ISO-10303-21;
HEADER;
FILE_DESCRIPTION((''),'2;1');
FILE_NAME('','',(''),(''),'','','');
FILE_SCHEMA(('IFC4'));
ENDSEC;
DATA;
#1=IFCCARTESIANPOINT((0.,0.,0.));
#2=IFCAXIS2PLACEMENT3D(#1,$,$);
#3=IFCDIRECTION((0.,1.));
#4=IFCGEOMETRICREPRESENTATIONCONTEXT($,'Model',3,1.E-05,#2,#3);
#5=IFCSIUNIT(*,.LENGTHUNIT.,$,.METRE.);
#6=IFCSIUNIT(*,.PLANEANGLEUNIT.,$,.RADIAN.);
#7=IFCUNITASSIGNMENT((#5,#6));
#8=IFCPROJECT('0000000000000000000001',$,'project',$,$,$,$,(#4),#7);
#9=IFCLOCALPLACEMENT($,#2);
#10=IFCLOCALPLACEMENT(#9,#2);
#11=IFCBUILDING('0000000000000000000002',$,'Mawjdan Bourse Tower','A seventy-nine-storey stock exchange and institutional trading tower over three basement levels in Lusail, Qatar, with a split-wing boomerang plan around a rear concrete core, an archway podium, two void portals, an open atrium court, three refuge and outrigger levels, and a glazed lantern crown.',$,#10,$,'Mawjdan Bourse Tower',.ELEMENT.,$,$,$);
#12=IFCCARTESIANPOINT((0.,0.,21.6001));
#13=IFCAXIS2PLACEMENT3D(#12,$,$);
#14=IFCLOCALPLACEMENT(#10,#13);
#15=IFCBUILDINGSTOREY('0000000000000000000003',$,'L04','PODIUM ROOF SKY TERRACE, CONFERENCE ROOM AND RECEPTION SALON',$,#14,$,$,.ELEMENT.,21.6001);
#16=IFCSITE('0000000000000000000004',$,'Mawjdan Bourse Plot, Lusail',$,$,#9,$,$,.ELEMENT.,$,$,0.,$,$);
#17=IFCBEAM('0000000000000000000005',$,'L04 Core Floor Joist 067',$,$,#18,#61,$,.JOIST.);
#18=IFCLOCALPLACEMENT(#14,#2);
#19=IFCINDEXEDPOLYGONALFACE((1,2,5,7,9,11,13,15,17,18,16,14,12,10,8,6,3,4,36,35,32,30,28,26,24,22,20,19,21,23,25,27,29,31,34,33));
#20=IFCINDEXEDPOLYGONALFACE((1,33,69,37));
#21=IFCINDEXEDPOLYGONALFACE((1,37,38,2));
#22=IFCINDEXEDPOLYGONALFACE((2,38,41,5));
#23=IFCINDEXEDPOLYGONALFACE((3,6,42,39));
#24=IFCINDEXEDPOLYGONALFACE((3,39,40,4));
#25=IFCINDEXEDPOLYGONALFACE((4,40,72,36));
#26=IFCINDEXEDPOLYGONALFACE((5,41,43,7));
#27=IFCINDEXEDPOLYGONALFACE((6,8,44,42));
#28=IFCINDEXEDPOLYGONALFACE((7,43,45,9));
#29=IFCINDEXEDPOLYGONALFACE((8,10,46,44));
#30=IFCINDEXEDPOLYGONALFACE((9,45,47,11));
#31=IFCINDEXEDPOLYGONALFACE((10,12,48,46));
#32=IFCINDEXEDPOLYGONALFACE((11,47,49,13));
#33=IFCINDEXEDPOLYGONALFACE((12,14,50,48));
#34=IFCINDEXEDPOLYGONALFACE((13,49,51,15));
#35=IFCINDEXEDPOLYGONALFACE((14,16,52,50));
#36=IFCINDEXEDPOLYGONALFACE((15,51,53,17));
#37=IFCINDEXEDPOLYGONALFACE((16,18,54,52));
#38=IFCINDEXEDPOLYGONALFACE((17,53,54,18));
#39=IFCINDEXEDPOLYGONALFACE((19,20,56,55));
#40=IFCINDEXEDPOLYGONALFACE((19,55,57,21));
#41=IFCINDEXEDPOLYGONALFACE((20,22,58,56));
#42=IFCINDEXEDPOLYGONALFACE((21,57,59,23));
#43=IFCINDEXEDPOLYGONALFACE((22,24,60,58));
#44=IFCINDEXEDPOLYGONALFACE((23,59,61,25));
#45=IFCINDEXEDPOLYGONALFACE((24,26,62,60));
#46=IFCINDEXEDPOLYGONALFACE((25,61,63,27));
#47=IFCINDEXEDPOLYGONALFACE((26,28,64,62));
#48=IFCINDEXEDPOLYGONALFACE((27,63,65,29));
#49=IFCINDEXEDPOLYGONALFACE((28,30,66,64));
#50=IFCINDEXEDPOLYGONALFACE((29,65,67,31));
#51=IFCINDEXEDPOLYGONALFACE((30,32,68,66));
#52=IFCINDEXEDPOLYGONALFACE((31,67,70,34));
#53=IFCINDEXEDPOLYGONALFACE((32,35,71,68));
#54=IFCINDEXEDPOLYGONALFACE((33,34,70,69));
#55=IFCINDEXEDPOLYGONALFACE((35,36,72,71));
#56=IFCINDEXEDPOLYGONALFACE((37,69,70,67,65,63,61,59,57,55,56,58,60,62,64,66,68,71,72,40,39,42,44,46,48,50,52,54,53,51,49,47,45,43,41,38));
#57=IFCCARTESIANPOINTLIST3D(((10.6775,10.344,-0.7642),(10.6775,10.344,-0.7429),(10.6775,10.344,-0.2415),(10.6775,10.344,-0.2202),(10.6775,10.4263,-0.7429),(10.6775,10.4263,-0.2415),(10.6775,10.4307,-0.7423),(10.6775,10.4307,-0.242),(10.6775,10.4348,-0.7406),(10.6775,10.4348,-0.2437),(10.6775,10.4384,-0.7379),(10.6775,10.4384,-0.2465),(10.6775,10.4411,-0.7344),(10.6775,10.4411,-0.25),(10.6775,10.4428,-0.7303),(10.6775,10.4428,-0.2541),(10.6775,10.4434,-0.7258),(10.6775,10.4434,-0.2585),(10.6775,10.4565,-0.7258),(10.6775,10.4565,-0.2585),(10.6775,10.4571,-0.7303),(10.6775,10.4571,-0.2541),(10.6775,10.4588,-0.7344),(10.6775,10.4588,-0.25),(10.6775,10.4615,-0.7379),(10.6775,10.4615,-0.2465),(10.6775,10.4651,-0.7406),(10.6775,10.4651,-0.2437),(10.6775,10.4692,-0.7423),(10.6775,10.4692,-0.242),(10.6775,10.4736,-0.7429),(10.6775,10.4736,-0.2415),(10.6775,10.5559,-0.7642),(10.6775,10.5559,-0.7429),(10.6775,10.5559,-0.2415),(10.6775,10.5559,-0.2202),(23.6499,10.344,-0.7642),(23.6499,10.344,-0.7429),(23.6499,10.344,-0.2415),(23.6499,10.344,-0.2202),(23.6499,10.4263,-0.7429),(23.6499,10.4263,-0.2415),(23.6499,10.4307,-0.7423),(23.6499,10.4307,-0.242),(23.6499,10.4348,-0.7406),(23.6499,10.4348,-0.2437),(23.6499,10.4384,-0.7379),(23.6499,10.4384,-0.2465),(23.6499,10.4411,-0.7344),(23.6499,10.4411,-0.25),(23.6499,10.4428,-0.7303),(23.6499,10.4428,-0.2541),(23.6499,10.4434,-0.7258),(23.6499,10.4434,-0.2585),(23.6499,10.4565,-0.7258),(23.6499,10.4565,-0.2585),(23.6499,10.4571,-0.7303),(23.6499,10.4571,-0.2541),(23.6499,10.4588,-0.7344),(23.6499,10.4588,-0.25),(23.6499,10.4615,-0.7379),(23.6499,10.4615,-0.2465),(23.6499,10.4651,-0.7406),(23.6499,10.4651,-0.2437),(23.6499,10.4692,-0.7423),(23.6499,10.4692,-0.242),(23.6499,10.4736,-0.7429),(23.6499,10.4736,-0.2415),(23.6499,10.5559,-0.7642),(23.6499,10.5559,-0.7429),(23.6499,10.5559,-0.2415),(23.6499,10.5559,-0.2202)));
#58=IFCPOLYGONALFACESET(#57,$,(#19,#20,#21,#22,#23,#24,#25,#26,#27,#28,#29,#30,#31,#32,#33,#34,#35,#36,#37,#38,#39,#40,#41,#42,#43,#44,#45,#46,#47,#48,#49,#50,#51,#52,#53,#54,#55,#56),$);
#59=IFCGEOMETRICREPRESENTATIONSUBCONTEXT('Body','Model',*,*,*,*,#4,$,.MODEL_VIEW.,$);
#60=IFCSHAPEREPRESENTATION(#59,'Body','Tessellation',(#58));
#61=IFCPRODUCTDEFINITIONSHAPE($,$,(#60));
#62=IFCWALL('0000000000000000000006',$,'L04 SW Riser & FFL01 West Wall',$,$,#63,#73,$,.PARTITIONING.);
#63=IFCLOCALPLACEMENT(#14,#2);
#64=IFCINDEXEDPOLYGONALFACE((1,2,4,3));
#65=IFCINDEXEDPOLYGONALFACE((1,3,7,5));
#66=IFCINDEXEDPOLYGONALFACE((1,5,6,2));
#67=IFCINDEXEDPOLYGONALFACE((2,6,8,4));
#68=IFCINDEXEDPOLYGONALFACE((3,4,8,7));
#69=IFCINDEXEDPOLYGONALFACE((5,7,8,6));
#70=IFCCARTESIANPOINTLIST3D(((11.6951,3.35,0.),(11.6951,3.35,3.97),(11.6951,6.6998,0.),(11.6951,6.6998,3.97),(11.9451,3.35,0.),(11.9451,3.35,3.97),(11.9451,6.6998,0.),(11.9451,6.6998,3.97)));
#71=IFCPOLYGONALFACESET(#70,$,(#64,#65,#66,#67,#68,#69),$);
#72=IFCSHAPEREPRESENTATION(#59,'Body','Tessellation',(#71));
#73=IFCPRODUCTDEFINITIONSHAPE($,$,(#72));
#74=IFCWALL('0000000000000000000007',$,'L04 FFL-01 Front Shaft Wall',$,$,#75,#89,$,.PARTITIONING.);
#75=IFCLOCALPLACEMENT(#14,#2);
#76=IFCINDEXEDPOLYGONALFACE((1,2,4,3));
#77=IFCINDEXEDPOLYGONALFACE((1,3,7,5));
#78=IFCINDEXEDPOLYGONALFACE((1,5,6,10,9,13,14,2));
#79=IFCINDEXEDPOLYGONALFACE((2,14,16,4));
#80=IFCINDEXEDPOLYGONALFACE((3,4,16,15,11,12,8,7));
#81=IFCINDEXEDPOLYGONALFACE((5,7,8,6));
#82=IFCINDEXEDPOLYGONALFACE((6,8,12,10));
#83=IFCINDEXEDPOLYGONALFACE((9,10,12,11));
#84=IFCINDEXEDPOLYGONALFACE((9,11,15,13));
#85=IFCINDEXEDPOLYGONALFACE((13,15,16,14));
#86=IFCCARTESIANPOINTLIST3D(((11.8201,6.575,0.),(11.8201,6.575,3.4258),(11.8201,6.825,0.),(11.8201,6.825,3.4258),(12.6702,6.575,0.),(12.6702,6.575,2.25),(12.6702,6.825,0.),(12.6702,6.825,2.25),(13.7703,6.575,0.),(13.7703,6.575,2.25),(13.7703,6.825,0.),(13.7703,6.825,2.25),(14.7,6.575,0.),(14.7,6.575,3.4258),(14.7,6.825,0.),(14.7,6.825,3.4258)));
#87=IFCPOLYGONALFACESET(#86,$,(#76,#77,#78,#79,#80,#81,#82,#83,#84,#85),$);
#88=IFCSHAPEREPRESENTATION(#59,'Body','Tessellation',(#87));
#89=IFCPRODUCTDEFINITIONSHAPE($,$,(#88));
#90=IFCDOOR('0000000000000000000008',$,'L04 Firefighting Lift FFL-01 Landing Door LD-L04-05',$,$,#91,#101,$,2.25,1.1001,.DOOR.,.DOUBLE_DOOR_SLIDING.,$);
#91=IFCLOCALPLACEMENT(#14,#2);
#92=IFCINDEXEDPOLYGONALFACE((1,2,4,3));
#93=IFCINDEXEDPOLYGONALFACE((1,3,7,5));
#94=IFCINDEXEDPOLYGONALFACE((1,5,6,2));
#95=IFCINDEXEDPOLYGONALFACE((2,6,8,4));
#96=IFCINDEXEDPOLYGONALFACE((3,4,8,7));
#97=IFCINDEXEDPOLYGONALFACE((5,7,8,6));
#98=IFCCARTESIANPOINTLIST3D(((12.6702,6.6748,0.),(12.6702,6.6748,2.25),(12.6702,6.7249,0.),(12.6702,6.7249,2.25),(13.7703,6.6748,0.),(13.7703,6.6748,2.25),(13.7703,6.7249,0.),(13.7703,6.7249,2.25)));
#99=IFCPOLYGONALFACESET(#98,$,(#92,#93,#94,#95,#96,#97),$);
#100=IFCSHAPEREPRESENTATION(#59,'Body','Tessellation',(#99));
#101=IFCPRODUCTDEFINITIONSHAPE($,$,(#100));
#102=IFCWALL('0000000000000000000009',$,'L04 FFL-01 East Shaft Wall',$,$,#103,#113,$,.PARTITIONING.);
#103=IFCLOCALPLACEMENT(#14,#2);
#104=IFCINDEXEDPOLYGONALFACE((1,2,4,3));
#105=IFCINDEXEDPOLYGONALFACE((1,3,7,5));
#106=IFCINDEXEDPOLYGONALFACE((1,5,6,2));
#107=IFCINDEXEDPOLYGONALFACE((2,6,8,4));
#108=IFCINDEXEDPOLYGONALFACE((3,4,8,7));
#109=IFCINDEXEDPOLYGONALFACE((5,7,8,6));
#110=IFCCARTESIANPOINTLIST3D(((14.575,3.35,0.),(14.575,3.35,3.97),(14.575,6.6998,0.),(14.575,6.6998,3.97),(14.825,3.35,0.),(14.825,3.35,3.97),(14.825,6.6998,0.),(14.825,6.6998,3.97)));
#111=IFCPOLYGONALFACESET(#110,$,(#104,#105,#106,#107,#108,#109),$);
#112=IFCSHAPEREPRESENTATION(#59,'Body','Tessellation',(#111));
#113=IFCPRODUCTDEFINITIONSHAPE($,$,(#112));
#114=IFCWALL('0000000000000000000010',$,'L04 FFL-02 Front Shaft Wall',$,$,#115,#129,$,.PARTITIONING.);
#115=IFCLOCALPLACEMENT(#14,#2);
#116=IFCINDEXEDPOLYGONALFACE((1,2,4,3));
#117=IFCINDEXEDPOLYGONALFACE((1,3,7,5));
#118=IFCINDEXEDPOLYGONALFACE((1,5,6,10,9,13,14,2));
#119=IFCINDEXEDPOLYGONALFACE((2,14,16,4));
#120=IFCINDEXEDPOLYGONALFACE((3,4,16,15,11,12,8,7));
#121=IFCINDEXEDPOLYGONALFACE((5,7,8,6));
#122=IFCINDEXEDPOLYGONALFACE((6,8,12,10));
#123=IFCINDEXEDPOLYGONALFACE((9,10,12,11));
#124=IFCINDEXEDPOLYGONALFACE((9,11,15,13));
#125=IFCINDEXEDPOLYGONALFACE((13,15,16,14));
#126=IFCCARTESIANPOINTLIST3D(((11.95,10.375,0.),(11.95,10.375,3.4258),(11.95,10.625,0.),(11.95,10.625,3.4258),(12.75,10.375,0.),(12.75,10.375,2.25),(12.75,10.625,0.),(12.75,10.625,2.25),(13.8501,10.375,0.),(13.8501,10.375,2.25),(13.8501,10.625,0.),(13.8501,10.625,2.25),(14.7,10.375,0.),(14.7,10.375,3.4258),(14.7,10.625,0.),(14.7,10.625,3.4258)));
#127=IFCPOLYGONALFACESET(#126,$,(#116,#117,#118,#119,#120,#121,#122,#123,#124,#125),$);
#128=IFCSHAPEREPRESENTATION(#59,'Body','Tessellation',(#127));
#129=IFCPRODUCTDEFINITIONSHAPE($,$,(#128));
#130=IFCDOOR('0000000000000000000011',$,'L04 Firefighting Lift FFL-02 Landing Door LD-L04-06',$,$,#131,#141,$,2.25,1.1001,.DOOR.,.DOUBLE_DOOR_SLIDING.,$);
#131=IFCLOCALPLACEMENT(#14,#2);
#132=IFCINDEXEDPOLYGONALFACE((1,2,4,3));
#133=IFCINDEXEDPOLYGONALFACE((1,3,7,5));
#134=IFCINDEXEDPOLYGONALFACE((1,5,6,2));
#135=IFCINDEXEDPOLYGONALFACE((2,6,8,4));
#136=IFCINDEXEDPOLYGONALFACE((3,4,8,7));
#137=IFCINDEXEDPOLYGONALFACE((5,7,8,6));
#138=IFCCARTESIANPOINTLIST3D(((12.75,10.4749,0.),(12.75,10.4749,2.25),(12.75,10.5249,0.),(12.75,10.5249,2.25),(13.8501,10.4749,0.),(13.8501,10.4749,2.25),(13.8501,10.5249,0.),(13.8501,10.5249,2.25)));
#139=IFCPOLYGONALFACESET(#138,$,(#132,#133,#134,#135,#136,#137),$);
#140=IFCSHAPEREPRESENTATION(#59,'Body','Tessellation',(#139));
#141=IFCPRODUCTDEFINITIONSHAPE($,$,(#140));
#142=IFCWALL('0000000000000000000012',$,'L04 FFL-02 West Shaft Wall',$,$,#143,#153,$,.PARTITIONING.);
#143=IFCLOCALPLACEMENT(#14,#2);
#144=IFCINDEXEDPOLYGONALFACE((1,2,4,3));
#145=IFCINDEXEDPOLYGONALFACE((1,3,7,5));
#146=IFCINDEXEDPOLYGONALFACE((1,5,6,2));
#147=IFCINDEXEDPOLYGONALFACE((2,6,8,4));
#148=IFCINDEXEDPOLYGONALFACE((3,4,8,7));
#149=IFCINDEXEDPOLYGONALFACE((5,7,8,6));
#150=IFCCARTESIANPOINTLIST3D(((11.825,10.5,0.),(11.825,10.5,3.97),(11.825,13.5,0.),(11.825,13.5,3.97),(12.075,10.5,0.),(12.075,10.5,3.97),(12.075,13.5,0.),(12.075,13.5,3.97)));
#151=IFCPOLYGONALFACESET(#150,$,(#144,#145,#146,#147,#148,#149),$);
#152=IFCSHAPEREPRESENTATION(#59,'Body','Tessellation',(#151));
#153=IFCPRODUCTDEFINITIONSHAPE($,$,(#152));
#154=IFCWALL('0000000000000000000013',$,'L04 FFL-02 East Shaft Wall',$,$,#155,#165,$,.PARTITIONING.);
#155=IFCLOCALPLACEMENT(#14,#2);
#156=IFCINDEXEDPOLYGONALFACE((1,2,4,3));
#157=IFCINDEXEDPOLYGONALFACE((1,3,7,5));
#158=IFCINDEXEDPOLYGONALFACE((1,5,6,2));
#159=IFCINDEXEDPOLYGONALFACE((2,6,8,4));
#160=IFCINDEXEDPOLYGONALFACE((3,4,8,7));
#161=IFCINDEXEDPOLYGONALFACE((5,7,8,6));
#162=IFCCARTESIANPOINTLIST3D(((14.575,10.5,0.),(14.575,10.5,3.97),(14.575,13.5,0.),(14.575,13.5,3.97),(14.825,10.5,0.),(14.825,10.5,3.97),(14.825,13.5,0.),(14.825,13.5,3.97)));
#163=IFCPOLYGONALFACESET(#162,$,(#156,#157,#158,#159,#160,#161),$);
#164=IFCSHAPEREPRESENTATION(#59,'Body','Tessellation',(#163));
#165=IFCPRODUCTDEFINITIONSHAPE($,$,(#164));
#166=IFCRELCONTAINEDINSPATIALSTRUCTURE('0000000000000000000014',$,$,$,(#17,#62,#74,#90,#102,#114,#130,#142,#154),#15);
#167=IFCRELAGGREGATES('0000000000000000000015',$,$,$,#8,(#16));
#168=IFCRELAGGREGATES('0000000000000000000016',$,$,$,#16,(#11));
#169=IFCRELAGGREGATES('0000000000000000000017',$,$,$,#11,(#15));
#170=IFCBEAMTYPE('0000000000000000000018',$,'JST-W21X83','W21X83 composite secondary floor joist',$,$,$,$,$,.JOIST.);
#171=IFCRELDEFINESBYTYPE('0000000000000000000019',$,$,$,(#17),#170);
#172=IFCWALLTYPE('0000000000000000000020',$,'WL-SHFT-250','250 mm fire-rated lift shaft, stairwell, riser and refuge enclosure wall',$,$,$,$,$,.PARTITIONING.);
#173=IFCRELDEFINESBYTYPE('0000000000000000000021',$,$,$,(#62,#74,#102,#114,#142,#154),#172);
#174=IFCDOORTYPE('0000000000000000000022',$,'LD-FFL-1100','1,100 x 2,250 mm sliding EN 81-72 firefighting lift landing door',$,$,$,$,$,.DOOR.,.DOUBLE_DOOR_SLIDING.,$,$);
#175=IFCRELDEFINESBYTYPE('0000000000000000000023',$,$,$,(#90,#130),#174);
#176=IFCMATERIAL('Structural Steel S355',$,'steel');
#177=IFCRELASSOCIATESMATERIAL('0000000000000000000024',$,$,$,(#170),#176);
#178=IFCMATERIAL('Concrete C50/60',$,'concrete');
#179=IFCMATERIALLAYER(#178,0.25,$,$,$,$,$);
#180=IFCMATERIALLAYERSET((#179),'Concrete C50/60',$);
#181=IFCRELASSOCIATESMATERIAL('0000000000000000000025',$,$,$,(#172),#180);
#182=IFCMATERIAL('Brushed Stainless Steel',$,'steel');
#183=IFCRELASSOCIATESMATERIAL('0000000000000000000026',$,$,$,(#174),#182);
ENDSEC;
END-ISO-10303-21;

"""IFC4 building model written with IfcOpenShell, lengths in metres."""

from ifc_helpers import new_model, si_unit, direction, frame, frame_2d, origin, origin_2d, place, context, subcontext, project, spatial, rectangle, i_section, extrude, material, layer, layer_set, material_profile, profile_set, type_object, element, fill, save


model = new_model("IFC4")

# Units and contexts
model_context = context("Model", 3, precision=1e-05, world=origin(), true_north=direction((0.0, 1.0)))
body_context = subcontext(model_context, "Body", "Model", "MODEL_VIEW")
ifc_project = project(units=[si_unit("LENGTHUNIT", "METRE"), si_unit("PLANEANGLEUNIT", "RADIAN")], contexts=[model_context])

# Site, building, storey
site_placement = place(None, origin())
site = spatial("IfcSite", under=ifc_project, at=site_placement, Name="Mawjdan Bourse Plot, Lusail", CompositionType="ELEMENT", RefElevation=0.0)
building_placement = place(site_placement, origin())
building = spatial("IfcBuilding", under=site, at=building_placement, Name="Mawjdan Bourse Tower", Description="A seventy-nine-storey stock exchange and institutional trading tower over three basement levels in Lusail, Qatar, with a split-wing boomerang plan around a rear concrete core, an archway podium, two void portals, an open atrium court, three refuge and outrigger levels, and a glazed lantern crown.", LongName="Mawjdan Bourse Tower", CompositionType="ELEMENT")
storey_placement = place(building_placement, frame((0.0, 0.0, 21.6001)))
storey = spatial("IfcBuildingStorey", under=building, at=storey_placement, Name="L04", Description="PODIUM ROOF SKY TERRACE, CONFERENCE ROOM AND RECEPTION SALON", CompositionType="ELEMENT", Elevation=21.6001)

# Beam
ifc_material_1 = material(Name="Structural Steel S355", Category="steel")
ifc_material_profile = material_profile(ifc_material_1, i_section(OverallWidth=0.2119, OverallDepth=0.5439, WebThickness=0.0132, FlangeThickness=0.0212, FilletRadius=0.0171, at=origin_2d()), Name="W21X83")
ifc_profile_set = profile_set([ifc_material_profile], Name="Structural Steel S355")
beam_type = type_object("IfcBeamType", Name="JST-W21X83", Description="W21X83 composite secondary floor joist", PredefinedType="JOIST", material=ifc_profile_set)
beam_placement = place(storey_placement, frame((10.6775, 10.45, -0.4922), z_axis=(1.0, 0.0, 0.0), x_axis=(0.0, 1.0, 0.0)))
element("IfcBeam", 1, at=beam_placement, inside=storey, type_object=beam_type, Name="L04 Core Floor Joist 067", PredefinedType="JOIST", context=body_context, shape_type="SweptSolid", body=[
    extrude(i_section(OverallWidth=0.2119, OverallDepth=0.5439, WebThickness=0.0132, FlangeThickness=0.0212, FilletRadius=0.0171, at=origin_2d()), origin(), (0.0, 0.0, 1.0), 12.9724),
])

# Wall
ifc_material_2 = material(Name="Concrete C50/60", Category="concrete")
ifc_layer = layer(ifc_material_2, 0.25)
ifc_layer_set = layer_set([ifc_layer], Name="Concrete C50/60")
wall_type = type_object("IfcWallType", Name="WL-SHFT-250", Description="250 mm fire-rated lift shaft, stairwell, riser and refuge enclosure wall", PredefinedType="PARTITIONING", material=ifc_layer_set)
wall_1_placement = place(storey_placement, frame((11.8201, 3.3501, 0.0), z_axis=(0.0, 0.0, 1.0), x_axis=(0.0, 1.0, 0.0)))
element("IfcWall", 2, at=wall_1_placement, inside=storey, type_object=wall_type, Name="L04 SW Riser & FFL01 West Wall", PredefinedType="PARTITIONING", context=body_context, shape_type="SweptSolid", body=[
    extrude(rectangle(XDim=3.3499, YDim=0.25, at=frame_2d((1.6748, 0.0))), origin(), (0.0, 0.0, 1.0), 3.97),
])

# Wall, opening, door
wall_2_placement = place(storey_placement, frame((11.8201, 6.7, 0.0), z_axis=(0.0, 0.0, 1.0), x_axis=(1.0, 0.0, 0.0)))
wall_2 = element("IfcWall", 3, at=wall_2_placement, inside=storey, type_object=wall_type, Name="L04 FFL-01 Front Shaft Wall", PredefinedType="PARTITIONING", context=body_context, shape_type="SweptSolid", body=[
    extrude(rectangle(XDim=2.8799, YDim=0.25, at=frame_2d((1.4399, 0.0))), origin(), (0.0, 0.0, 1.0), 3.4258),
])
opening_1_placement = place(wall_2_placement, frame((0.8501, 0.0, 0.0)))
opening_1 = element("IfcOpeningElement", 4, at=opening_1_placement, cuts=wall_2, PredefinedType="OPENING", context=body_context, shape_type="SweptSolid", body=[
    extrude(rectangle(XDim=1.1001, YDim=2.25, at=frame_2d((0.55, 1.125))), frame((0.0, 0.135, 0.0), z_axis=(0.0, -1.0, 0.0), x_axis=(1.0, 0.0, 0.0)), (0.0, 0.0, 1.0), 0.27),
])
ifc_material_3 = material(Name="Brushed Stainless Steel", Category="steel")
door_type_1 = type_object("IfcDoorType", Name="LD-FFL-1100", Description="1,100 x 2,250 mm sliding EN 81-72 firefighting lift landing door", OperationType="DOUBLE_DOOR_SLIDING", PredefinedType="DOOR", material=ifc_material_3)
door_1_placement = place(opening_1_placement, origin())
door_1 = element("IfcDoor", 5, at=door_1_placement, inside=storey, type_object=door_type_1, Name="L04 Firefighting Lift FFL-01 Landing Door LD-L04-05", OperationType="DOUBLE_DOOR_SLIDING", OverallHeight=2.25, OverallWidth=1.1001, PredefinedType="DOOR", context=body_context, shape_type="SweptSolid", body=[
    extrude(rectangle(XDim=1.1001, YDim=2.25, at=frame_2d((0.55, 1.125))), frame((0.0, 0.0249, 0.0), z_axis=(0.0, -1.0, 0.0), x_axis=(1.0, 0.0, 0.0)), (0.0, 0.0, 1.0), 0.05),
])
fill(opening_1, door_1)

# Wall
wall_3_placement = place(storey_placement, frame((14.7, 3.3501, 0.0), z_axis=(0.0, 0.0, 1.0), x_axis=(0.0, 1.0, 0.0)))
element("IfcWall", 6, at=wall_3_placement, inside=storey, type_object=wall_type, Name="L04 FFL-01 East Shaft Wall", PredefinedType="PARTITIONING", context=body_context, shape_type="SweptSolid", body=[
    extrude(rectangle(XDim=3.3499, YDim=0.25, at=frame_2d((1.6748, 0.0))), origin(), (0.0, 0.0, 1.0), 3.97),
])

# Wall, opening, door
wall_4_placement = place(storey_placement, frame((11.95, 10.5, 0.0), z_axis=(0.0, 0.0, 1.0), x_axis=(1.0, 0.0, 0.0)))
wall_4 = element("IfcWall", 7, at=wall_4_placement, inside=storey, type_object=wall_type, Name="L04 FFL-02 Front Shaft Wall", PredefinedType="PARTITIONING", context=body_context, shape_type="SweptSolid", body=[
    extrude(rectangle(XDim=2.75, YDim=0.25, at=frame_2d((1.375, 0.0))), origin(), (0.0, 0.0, 1.0), 3.4258),
])
opening_2_placement = place(wall_4_placement, frame((0.8, 0.0, 0.0)))
opening_2 = element("IfcOpeningElement", 8, at=opening_2_placement, cuts=wall_4, PredefinedType="OPENING", context=body_context, shape_type="SweptSolid", body=[
    extrude(rectangle(XDim=1.1001, YDim=2.25, at=frame_2d((0.55, 1.125))), frame((0.0, 0.135, 0.0), z_axis=(0.0, -1.0, 0.0), x_axis=(1.0, 0.0, 0.0)), (0.0, 0.0, 1.0), 0.27),
])
door_2_placement = place(opening_2_placement, origin())
door_2 = element("IfcDoor", 9, at=door_2_placement, inside=storey, type_object=door_type_1, Name="L04 Firefighting Lift FFL-02 Landing Door LD-L04-06", OperationType="DOUBLE_DOOR_SLIDING", OverallHeight=2.25, OverallWidth=1.1001, PredefinedType="DOOR", context=body_context, shape_type="SweptSolid", body=[
    extrude(rectangle(XDim=1.1001, YDim=2.25, at=frame_2d((0.55, 1.125))), frame((0.0, 0.0249, 0.0), z_axis=(0.0, -1.0, 0.0), x_axis=(1.0, 0.0, 0.0)), (0.0, 0.0, 1.0), 0.05),
])
fill(opening_2, door_2)

# Walls
for number, where, z_axis, x_axis, name in (
    (10, (11.95, 10.5, 0.0), (0.0, 0.0, 1.0), (0.0, 1.0, 0.0), "L04 FFL-02 West Shaft Wall"),
    (11, (14.7, 10.5, 0.0), (0.0, 0.0, 1.0), (0.0, 1.0, 0.0), "L04 FFL-02 East Shaft Wall"),
):
    element("IfcWall", number, at=place(storey_placement, frame(where, z_axis=z_axis, x_axis=x_axis)), inside=storey, type_object=wall_type, Name=name, PredefinedType="PARTITIONING", context=body_context, shape_type="SweptSolid", body=[
        extrude(rectangle(XDim=3.0, YDim=0.25, at=frame_2d((1.5, 0.0))), origin(), (0.0, 0.0, 1.0), 3.97),
    ])

save(model, "model.ifc")
